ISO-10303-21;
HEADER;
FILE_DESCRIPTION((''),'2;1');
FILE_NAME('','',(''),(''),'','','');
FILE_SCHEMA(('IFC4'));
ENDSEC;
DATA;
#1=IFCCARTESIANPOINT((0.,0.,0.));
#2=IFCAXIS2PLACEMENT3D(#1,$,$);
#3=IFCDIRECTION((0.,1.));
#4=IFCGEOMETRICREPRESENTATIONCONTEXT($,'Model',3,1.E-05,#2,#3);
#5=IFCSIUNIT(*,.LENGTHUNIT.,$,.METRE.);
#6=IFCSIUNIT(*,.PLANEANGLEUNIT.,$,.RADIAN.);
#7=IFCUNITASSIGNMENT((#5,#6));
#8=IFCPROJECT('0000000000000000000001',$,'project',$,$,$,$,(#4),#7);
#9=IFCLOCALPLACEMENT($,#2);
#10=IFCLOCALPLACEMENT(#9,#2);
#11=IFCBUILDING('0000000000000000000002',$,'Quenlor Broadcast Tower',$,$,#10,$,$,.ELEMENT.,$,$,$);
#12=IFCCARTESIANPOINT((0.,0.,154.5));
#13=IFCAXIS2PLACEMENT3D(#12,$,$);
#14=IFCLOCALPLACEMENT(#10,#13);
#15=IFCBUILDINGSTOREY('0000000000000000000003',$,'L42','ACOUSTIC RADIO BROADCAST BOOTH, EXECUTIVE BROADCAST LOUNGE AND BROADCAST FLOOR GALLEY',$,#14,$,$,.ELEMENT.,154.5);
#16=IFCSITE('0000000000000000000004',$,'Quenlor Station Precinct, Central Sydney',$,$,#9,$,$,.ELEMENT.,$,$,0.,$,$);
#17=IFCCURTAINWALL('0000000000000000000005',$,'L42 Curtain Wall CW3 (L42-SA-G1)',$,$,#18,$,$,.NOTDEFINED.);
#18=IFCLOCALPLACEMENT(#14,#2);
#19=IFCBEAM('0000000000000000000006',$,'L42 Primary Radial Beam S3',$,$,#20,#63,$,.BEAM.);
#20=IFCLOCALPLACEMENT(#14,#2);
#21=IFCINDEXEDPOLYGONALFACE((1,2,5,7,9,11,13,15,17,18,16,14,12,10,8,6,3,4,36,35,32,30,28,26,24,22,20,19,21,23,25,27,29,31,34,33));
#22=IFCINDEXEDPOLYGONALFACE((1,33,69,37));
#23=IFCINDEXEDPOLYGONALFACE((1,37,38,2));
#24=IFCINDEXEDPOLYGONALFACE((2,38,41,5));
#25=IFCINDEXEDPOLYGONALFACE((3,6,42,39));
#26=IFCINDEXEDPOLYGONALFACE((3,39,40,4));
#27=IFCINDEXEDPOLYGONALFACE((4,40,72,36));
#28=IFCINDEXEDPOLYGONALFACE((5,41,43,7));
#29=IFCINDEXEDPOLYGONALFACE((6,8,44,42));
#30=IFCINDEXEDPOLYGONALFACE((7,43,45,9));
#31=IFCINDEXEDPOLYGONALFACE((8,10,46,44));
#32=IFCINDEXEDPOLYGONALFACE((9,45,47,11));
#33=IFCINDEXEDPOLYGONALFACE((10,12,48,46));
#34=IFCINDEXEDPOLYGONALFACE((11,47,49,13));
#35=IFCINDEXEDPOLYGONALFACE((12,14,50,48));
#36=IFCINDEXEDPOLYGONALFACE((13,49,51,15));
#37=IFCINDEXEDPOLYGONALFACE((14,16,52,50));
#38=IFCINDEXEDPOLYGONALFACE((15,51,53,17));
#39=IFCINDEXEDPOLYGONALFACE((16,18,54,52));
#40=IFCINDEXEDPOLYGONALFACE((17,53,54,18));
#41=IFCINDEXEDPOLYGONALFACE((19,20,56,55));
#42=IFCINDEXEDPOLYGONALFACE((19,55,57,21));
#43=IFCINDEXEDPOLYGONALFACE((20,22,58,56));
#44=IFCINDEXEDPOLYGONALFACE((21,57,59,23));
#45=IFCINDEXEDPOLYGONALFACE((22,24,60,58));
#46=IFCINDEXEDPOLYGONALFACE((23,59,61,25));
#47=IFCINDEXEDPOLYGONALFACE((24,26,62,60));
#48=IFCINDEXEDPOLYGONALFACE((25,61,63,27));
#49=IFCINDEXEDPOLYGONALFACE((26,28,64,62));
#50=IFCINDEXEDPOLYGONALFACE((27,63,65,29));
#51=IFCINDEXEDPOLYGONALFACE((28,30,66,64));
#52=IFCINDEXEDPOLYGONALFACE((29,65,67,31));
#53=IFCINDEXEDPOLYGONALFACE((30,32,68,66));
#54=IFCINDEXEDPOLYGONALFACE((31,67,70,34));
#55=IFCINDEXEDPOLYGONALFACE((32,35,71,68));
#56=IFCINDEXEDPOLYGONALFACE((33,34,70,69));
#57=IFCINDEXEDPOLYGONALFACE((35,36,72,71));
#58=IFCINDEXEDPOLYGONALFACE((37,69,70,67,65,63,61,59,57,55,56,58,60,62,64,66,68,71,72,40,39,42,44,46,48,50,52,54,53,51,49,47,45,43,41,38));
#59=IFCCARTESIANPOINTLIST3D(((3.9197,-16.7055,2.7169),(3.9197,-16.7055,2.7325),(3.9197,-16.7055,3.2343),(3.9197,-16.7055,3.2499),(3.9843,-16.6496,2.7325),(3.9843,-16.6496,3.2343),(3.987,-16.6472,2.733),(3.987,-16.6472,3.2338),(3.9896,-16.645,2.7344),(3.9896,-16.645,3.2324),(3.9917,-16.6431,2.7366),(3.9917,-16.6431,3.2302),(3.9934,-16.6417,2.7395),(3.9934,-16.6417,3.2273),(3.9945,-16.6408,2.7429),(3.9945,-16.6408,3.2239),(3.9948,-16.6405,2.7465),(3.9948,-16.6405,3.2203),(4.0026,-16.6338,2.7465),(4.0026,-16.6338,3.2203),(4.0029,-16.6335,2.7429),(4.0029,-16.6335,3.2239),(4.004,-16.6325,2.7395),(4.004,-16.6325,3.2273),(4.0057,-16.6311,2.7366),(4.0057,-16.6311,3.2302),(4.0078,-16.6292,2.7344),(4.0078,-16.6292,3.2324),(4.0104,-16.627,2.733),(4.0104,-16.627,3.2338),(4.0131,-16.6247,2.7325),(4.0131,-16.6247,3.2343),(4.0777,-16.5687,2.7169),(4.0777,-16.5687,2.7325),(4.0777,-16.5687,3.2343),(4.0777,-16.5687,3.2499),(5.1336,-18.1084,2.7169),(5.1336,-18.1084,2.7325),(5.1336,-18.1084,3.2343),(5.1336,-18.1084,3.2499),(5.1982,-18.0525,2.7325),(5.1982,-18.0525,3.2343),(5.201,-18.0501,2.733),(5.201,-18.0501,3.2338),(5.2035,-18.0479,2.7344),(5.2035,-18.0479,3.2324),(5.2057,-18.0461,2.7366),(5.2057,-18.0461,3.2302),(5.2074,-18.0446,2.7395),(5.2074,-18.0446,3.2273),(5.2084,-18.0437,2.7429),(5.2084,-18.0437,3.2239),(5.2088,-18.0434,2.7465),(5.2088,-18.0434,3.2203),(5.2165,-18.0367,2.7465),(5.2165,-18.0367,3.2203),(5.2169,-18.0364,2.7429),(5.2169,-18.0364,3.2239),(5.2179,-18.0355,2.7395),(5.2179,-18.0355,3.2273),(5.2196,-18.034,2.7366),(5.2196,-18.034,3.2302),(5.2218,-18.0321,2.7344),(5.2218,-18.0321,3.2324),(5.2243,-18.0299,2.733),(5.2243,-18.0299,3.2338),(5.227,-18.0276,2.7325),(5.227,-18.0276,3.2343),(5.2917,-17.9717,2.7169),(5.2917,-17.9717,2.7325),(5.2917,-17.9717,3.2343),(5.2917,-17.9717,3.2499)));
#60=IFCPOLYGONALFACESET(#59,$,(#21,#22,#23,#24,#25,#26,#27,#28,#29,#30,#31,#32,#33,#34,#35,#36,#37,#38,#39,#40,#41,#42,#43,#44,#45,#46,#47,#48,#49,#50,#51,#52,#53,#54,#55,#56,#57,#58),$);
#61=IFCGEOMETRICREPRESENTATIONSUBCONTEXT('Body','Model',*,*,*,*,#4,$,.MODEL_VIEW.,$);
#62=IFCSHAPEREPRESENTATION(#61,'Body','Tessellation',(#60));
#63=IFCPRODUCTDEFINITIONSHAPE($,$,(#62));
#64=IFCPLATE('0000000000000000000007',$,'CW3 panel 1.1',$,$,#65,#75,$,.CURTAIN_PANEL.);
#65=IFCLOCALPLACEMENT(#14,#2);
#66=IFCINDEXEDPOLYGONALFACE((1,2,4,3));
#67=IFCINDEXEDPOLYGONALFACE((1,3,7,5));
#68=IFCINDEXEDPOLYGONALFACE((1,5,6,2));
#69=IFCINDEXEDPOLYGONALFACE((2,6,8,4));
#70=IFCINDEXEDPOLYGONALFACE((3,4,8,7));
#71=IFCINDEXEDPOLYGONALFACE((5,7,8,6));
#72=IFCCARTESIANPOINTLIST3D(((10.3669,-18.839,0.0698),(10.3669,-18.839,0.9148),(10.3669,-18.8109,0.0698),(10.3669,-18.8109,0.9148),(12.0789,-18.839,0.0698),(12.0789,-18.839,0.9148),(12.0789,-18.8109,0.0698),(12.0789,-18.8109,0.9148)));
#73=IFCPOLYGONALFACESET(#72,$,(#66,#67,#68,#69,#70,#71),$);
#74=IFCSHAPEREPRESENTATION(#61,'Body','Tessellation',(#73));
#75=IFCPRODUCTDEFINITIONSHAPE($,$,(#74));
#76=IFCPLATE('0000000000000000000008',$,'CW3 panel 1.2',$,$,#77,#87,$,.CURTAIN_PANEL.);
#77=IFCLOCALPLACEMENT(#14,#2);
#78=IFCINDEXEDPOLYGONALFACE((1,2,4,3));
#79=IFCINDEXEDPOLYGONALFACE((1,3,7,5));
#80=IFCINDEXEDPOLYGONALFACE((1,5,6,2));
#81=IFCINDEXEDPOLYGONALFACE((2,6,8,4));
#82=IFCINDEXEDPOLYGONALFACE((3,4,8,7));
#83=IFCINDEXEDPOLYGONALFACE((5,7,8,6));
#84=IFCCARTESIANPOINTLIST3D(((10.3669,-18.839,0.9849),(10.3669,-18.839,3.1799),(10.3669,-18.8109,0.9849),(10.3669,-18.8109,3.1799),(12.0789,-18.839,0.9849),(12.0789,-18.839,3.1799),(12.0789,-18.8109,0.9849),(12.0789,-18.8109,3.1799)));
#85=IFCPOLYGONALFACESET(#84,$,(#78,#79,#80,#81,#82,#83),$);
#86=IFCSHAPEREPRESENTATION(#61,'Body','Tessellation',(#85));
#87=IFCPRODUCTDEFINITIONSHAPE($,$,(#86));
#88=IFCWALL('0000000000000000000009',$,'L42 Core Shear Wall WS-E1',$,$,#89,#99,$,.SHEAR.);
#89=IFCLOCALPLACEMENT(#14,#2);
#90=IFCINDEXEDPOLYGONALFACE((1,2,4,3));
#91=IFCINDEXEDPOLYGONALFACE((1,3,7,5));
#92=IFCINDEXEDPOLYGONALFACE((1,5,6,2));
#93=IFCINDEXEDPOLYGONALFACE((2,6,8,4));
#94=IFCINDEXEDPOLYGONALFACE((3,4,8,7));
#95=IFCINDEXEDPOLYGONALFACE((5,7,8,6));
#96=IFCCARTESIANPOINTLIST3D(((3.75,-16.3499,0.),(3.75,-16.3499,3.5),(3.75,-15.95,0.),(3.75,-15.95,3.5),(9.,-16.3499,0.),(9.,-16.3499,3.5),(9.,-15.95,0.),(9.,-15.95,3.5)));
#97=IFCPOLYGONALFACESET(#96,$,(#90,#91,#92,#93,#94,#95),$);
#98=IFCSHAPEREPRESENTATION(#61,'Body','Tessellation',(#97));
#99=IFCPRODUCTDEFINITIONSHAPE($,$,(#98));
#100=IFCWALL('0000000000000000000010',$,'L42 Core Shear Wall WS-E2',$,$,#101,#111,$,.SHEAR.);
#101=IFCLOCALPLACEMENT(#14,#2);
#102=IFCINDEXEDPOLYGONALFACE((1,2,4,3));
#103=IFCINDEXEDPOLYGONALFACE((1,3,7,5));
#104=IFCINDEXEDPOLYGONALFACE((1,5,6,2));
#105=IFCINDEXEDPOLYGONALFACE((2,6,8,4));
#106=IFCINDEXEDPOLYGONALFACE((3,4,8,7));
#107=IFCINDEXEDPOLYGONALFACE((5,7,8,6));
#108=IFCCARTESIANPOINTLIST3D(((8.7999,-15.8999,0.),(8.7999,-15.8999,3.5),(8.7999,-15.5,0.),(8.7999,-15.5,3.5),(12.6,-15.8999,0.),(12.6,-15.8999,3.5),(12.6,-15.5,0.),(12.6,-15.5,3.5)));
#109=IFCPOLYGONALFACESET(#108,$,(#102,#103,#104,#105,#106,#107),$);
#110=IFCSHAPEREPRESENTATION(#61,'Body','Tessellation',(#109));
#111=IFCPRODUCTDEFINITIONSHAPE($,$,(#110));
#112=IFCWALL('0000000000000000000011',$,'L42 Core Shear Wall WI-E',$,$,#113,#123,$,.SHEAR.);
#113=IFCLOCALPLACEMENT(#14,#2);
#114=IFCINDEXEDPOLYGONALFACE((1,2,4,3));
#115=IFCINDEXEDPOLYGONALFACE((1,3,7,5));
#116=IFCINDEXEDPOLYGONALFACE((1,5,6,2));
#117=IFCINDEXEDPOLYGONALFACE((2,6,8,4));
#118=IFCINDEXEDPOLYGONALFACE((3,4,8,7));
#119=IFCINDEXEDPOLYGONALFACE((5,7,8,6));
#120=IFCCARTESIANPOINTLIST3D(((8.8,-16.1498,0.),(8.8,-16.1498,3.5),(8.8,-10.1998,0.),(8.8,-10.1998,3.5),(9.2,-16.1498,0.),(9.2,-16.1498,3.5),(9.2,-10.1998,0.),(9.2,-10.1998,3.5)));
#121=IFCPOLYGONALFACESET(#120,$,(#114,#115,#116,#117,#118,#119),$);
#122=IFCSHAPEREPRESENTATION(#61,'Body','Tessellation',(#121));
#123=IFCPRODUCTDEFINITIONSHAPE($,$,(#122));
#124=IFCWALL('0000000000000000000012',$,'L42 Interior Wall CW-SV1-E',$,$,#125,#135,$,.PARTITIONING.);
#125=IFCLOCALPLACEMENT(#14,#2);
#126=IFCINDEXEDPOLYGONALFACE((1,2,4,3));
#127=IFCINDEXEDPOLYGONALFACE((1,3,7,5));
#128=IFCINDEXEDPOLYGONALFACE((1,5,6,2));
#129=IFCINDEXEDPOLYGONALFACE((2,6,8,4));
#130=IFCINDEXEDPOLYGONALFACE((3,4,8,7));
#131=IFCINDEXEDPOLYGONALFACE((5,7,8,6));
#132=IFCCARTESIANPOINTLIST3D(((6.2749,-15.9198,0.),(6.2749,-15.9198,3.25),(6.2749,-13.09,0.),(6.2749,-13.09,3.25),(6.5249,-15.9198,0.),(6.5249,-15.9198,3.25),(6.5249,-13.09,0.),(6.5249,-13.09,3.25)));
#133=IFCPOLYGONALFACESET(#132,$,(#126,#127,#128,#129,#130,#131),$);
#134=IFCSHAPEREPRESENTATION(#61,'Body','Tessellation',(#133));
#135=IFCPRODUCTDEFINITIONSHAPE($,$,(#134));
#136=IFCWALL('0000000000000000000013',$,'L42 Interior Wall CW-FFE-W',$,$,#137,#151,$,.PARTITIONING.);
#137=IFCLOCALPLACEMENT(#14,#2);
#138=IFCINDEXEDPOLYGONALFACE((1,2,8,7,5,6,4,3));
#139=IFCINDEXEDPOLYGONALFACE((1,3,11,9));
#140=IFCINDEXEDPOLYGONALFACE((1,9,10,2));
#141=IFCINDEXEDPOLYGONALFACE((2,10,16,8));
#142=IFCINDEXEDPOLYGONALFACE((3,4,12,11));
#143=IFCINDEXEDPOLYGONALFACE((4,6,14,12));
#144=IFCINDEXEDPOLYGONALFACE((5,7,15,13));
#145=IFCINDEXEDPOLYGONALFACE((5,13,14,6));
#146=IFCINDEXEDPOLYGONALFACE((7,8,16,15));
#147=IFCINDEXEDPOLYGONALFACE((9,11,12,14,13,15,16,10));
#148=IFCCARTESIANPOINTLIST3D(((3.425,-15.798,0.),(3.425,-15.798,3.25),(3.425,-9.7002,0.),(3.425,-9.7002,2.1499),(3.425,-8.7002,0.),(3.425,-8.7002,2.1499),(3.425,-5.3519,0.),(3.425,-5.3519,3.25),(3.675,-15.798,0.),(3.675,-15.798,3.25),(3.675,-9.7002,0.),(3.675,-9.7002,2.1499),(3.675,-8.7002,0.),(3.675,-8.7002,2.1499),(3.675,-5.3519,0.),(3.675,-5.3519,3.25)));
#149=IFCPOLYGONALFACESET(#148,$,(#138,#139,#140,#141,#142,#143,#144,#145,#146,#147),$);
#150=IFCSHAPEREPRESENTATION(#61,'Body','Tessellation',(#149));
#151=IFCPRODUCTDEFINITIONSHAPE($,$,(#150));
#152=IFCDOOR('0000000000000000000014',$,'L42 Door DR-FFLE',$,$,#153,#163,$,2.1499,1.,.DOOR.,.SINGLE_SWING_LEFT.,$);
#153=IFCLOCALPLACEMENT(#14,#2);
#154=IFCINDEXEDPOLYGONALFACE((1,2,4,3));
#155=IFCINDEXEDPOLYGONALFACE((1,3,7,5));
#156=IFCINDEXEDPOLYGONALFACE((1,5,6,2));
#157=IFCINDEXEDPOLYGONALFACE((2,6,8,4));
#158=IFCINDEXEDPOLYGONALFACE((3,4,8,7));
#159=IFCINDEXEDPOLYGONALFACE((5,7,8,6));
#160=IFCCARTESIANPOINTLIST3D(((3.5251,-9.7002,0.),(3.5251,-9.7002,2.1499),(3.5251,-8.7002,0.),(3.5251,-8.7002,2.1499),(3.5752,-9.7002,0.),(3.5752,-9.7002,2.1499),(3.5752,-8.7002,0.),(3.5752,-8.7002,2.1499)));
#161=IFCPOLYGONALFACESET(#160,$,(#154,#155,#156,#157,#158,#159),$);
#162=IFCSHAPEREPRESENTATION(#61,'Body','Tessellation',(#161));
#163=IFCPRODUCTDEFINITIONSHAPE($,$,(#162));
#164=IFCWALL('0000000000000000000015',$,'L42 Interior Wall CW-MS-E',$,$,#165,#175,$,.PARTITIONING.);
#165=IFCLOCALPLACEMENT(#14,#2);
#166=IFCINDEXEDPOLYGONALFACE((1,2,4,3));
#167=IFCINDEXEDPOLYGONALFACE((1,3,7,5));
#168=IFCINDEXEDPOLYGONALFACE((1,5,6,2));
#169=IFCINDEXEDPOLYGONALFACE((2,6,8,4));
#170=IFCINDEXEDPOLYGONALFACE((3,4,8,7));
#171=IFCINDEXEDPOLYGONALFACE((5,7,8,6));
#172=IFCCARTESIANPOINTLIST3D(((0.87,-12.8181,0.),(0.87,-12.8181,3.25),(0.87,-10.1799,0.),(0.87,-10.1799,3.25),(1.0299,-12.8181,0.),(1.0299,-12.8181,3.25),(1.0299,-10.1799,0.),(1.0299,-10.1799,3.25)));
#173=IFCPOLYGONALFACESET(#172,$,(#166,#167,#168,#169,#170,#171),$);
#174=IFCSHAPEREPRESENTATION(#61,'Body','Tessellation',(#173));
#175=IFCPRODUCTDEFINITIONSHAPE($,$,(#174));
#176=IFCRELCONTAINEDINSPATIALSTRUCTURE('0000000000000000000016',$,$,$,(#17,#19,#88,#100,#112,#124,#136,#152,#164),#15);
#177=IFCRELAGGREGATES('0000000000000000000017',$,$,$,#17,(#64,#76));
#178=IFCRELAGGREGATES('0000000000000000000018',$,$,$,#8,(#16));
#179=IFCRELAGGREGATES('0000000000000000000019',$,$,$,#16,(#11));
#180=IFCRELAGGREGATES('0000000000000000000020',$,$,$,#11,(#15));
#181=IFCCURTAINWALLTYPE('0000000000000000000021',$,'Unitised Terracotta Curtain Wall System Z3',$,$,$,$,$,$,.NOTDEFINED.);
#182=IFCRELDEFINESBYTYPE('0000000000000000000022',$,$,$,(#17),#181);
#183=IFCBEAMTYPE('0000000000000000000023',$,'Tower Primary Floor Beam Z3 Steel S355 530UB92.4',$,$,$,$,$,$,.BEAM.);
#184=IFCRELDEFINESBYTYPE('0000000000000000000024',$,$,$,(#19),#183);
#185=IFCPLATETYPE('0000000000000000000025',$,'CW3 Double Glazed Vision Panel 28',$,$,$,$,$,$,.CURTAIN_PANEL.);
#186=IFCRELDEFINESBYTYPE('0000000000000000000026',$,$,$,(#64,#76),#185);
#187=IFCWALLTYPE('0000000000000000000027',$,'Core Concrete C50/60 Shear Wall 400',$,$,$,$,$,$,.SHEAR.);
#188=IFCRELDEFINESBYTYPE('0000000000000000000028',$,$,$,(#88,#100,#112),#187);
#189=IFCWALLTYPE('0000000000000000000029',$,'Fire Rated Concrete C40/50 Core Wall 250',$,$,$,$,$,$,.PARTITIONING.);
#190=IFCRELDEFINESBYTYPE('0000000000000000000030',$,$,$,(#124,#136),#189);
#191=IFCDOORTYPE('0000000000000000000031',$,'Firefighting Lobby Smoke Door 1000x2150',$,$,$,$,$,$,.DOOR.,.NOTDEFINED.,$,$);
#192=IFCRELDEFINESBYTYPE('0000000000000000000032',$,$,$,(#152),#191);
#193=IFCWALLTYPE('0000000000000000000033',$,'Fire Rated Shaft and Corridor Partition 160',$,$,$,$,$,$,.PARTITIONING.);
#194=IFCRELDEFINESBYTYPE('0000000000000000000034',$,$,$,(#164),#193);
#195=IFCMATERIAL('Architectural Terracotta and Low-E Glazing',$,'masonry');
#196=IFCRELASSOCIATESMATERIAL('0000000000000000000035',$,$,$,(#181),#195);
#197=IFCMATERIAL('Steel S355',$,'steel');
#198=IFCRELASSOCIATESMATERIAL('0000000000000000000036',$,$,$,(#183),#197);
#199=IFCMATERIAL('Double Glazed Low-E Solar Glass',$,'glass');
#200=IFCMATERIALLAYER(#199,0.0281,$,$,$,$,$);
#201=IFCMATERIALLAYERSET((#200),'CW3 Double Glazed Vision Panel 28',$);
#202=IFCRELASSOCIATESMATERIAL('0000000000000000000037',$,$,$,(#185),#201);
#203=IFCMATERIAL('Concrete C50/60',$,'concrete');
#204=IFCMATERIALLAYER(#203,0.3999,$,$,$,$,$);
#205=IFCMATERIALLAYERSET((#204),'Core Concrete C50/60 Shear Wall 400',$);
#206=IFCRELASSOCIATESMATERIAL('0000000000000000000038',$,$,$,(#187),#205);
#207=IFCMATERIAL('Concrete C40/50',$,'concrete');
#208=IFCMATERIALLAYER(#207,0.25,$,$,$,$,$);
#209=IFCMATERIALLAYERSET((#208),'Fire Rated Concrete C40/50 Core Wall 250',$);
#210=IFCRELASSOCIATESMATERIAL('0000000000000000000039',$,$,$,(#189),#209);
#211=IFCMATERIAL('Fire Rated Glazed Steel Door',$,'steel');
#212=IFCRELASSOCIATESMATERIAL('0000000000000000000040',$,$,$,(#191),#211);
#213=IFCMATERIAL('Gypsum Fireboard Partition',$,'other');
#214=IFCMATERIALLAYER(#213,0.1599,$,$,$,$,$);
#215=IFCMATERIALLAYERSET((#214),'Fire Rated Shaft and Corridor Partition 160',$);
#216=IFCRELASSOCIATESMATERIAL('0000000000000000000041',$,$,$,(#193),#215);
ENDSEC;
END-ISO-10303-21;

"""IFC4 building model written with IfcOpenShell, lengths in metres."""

from ifc_helpers import new_model, si_unit, direction, frame, frame_2d, origin, origin_2d, place, context, subcontext, project, spatial, rectangle, i_section, extrude, material, layer, layer_set, material_profile, profile_set, type_object, element, fill, aggregate, save


model = new_model("IFC4")

# Units and contexts
model_context = context("Model", 3, precision=1e-05, world=origin(), true_north=direction((0.0, 1.0)))
body_context = subcontext(model_context, "Body", "Model", "MODEL_VIEW")
ifc_project = project(units=[si_unit("LENGTHUNIT", "METRE"), si_unit("PLANEANGLEUNIT", "RADIAN")], contexts=[model_context])

# Site, building, storey
site_placement = place(None, origin())
site = spatial("IfcSite", under=ifc_project, at=site_placement, Name="Quenlor Station Precinct, Central Sydney", CompositionType="ELEMENT", RefElevation=0.0)
building_placement = place(site_placement, origin())
building = spatial("IfcBuilding", under=site, at=building_placement, Name="Quenlor Broadcast Tower", CompositionType="ELEMENT")
storey_placement = place(building_placement, frame((0.0, 0.0, 154.5)))
storey = spatial("IfcBuildingStorey", under=building, at=storey_placement, Name="L42", Description="ACOUSTIC RADIO BROADCAST BOOTH, EXECUTIVE BROADCAST LOUNGE AND BROADCAST FLOOR GALLEY", CompositionType="ELEMENT", Elevation=154.5)

# Curtain wall
ifc_material_1 = material(Name="Architectural Terracotta and Low-E Glazing", Category="masonry")
curtain_wall_type = type_object("IfcCurtainWallType", Name="Unitised Terracotta Curtain Wall System Z3", PredefinedType="NOTDEFINED", material=ifc_material_1)
curtain_wall_placement = place(storey_placement, origin())
curtain_wall = element("IfcCurtainWall", 1, at=curtain_wall_placement, inside=storey, type_object=curtain_wall_type, Name="L42 Curtain Wall CW3 (L42-SA-G1)", PredefinedType="NOTDEFINED")

# Beam
ifc_material_2 = material(Name="Steel S355", Category="steel")
ifc_material_profile_1 = material_profile(ifc_material_2, i_section(OverallWidth=0.209, OverallDepth=0.533, WebThickness=0.0103, FlangeThickness=0.0156, FilletRadius=0.0139, at=origin_2d()))
ifc_profile_set_1 = profile_set([ifc_material_profile_1], Name="Steel S355 530UB92.4")
beam_type_1 = type_object("IfcBeamType", Name="Tower Primary Floor Beam Z3 Steel S355 530UB92.4", PredefinedType="BEAM", material=ifc_profile_set_1)
beam_1_placement = place(storey_placement, frame((5.2126, -18.04, 2.9834), z_axis=(-0.654339, 0.756201, 0.0), x_axis=(-0.756201, -0.654339, 0.0)))
element("IfcBeam", 2, at=beam_1_placement, inside=storey, type_object=beam_type_1, Name="L42 Primary Radial Beam S3", PredefinedType="BEAM", context=body_context, shape_type="SweptSolid", body=[
    extrude(i_section(OverallWidth=0.209, OverallDepth=0.533, WebThickness=0.0103, FlangeThickness=0.0156, FilletRadius=0.0139, at=origin_2d()), origin(), (0.0, 0.0, 1.0), 1.8552),
])

# Plates
ifc_material_3 = material(Name="Double Glazed Low-E Solar Glass", Category="glass")
ifc_layer_1 = layer(ifc_material_3, 0.0281)
ifc_layer_set_1 = layer_set([ifc_layer_1], Name="CW3 Double Glazed Vision Panel 28")
plate_type = type_object("IfcPlateType", Name="CW3 Double Glazed Vision Panel 28", PredefinedType="CURTAIN_PANEL", material=ifc_layer_set_1)
plate_1_placement = place(storey_placement, frame((11.2229, -18.825, 0.0698), z_axis=(0.0, 0.0, 1.0), x_axis=(-1.0, 0.0, 0.0)))
plate_1 = element("IfcPlate", 3, at=plate_1_placement, type_object=plate_type, Name="CW3 panel 1.1", PredefinedType="CURTAIN_PANEL", context=body_context, shape_type="SweptSolid", body=[
    extrude(rectangle(XDim=1.7119, YDim=0.0281, at=origin_2d()), origin(), (0.0, 0.0, 1.0), 0.845),
])
plate_2_placement = place(storey_placement, frame((11.2229, -18.825, 0.9849), z_axis=(0.0, 0.0, 1.0), x_axis=(-1.0, 0.0, 0.0)))
plate_2 = element("IfcPlate", 4, at=plate_2_placement, type_object=plate_type, Name="CW3 panel 1.2", PredefinedType="CURTAIN_PANEL", context=body_context, shape_type="SweptSolid", body=[
    extrude(rectangle(XDim=1.7119, YDim=0.0281, at=origin_2d()), origin(), (0.0, 0.0, 1.0), 2.1951),
])
aggregate(curtain_wall, [plate_1, plate_2])

# Walls
ifc_material_4 = material(Name="Concrete C50/60", Category="concrete")
ifc_layer_2 = layer(ifc_material_4, 0.3999)
ifc_layer_set_2 = layer_set([ifc_layer_2], Name="Core Concrete C50/60 Shear Wall 400")
wall_type_1 = type_object("IfcWallType", Name="Core Concrete C50/60 Shear Wall 400", PredefinedType="SHEAR", material=ifc_layer_set_2)
wall_1_placement = place(storey_placement, frame((3.75, -16.1499, 0.0), z_axis=(0.0, 0.0, 1.0), x_axis=(1.0, 0.0, 0.0)))
element("IfcWall", 5, at=wall_1_placement, inside=storey, type_object=wall_type_1, Name="L42 Core Shear Wall WS-E1", PredefinedType="SHEAR", context=body_context, shape_type="SweptSolid", body=[
    extrude(rectangle(XDim=5.25, YDim=0.3999, at=frame_2d((2.625, 0.0))), origin(), (0.0, 0.0, 1.0), 3.5),
])
wall_2_placement = place(storey_placement, frame((8.8, -15.7, 0.0), z_axis=(0.0, 0.0, 1.0), x_axis=(1.0, 0.0, 0.0)))
element("IfcWall", 6, at=wall_2_placement, inside=storey, type_object=wall_type_1, Name="L42 Core Shear Wall WS-E2", PredefinedType="SHEAR", context=body_context, shape_type="SweptSolid", body=[
    extrude(rectangle(XDim=3.8, YDim=0.3999, at=frame_2d((1.8999, 0.0))), origin(), (0.0, 0.0, 1.0), 3.5),
])
wall_3_placement = place(storey_placement, frame((9.0, -16.1499, 0.0), z_axis=(0.0, 0.0, 1.0), x_axis=(0.0, 1.0, 0.0)))
element("IfcWall", 7, at=wall_3_placement, inside=storey, type_object=wall_type_1, Name="L42 Core Shear Wall WI-E", PredefinedType="SHEAR", context=body_context, shape_type="SweptSolid", body=[
    extrude(rectangle(XDim=5.95, YDim=0.3999, at=frame_2d((2.9751, 0.0))), origin(), (0.0, 0.0, 1.0), 3.5),
])

# Shared definitions
ifc_material_5 = material(Name="Concrete C40/50", Category="concrete")
ifc_layer_3 = layer(ifc_material_5, 0.25)
ifc_layer_set_3 = layer_set([ifc_layer_3], Name="Fire Rated Concrete C40/50 Core Wall 250")
wall_type_2 = type_object("IfcWallType", Name="Fire Rated Concrete C40/50 Core Wall 250", PredefinedType="PARTITIONING", material=ifc_layer_set_3)

# Wall
wall_4_placement = place(storey_placement, frame((6.3999, -15.9199, 0.0), z_axis=(0.0, 0.0, 1.0), x_axis=(0.0, 1.0, 0.0)))
element("IfcWall", 8, at=wall_4_placement, inside=storey, type_object=wall_type_2, Name="L42 Interior Wall CW-SV1-E", PredefinedType="PARTITIONING", context=body_context, shape_type="SweptSolid", body=[
    extrude(rectangle(XDim=2.8298, YDim=0.25, at=frame_2d((1.415, 0.0))), origin(), (0.0, 0.0, 1.0), 3.25),
])

# Wall, opening, door
wall_5_placement = place(storey_placement, frame((3.55, -15.7981, 0.0), z_axis=(0.0, 0.0, 1.0), x_axis=(0.0, 1.0, 0.0)))
wall_5 = element("IfcWall", 9, at=wall_5_placement, inside=storey, type_object=wall_type_2, Name="L42 Interior Wall CW-FFE-W", PredefinedType="PARTITIONING", context=body_context, shape_type="SweptSolid", body=[
    extrude(rectangle(XDim=10.446, YDim=0.25, at=frame_2d((5.2231, 0.0))), origin(), (0.0, 0.0, 1.0), 3.25),
])
opening_1_placement = place(wall_5_placement, frame((6.0979, 0.0, 0.0)))
opening_1 = element("IfcOpeningElement", 10, at=opening_1_placement, cuts=wall_5, PredefinedType="OPENING", context=body_context, shape_type="SweptSolid", body=[
    extrude(rectangle(XDim=1.0, YDim=2.1499, at=frame_2d((0.5, 1.075))), frame((0.0, 0.135, 0.0), z_axis=(0.0, -1.0, 0.0), x_axis=(1.0, 0.0, 0.0)), (0.0, 0.0, 1.0), 0.27),
])
ifc_material_6 = material(Name="Fire Rated Glazed Steel Door", Category="steel")
door_type_1 = type_object("IfcDoorType", Name="Firefighting Lobby Smoke Door 1000x2150", OperationType="NOTDEFINED", PredefinedType="DOOR", material=ifc_material_6)
door_1_placement = place(opening_1_placement, origin())
door_1 = element("IfcDoor", 11, at=door_1_placement, inside=storey, type_object=door_type_1, Name="L42 Door DR-FFLE", OperationType="SINGLE_SWING_LEFT", OverallHeight=2.1499, OverallWidth=1.0, PredefinedType="DOOR", context=body_context, shape_type="SweptSolid", body=[
    extrude(rectangle(XDim=1.0, YDim=2.1499, at=frame_2d((0.5, 1.075))), frame((0.0, 0.0249, 0.0), z_axis=(0.0, -1.0, 0.0), x_axis=(1.0, 0.0, 0.0)), (0.0, 0.0, 1.0), 0.05),
])
fill(opening_1, door_1)

# Wall
ifc_material_7 = material(Name="Gypsum Fireboard Partition", Category="other")
ifc_layer_4 = layer(ifc_material_7, 0.1599)
ifc_layer_set_4 = layer_set([ifc_layer_4], Name="Fire Rated Shaft and Corridor Partition 160")
wall_type_3 = type_object("IfcWallType", Name="Fire Rated Shaft and Corridor Partition 160", PredefinedType="PARTITIONING", material=ifc_layer_set_4)
wall_6_placement = place(storey_placement, frame((0.95, -12.8181, 0.0), z_axis=(0.0, 0.0, 1.0), x_axis=(0.0, 1.0, 0.0)))
element("IfcWall", 12, at=wall_6_placement, inside=storey, type_object=wall_type_3, Name="L42 Interior Wall CW-MS-E", PredefinedType="PARTITIONING", context=body_context, shape_type="SweptSolid", body=[
    extrude(rectangle(XDim=2.6382, YDim=0.1599, at=frame_2d((1.3191, 0.0))), origin(), (0.0, 0.0, 1.0), 3.25),
])

save(model, "model.ifc")
